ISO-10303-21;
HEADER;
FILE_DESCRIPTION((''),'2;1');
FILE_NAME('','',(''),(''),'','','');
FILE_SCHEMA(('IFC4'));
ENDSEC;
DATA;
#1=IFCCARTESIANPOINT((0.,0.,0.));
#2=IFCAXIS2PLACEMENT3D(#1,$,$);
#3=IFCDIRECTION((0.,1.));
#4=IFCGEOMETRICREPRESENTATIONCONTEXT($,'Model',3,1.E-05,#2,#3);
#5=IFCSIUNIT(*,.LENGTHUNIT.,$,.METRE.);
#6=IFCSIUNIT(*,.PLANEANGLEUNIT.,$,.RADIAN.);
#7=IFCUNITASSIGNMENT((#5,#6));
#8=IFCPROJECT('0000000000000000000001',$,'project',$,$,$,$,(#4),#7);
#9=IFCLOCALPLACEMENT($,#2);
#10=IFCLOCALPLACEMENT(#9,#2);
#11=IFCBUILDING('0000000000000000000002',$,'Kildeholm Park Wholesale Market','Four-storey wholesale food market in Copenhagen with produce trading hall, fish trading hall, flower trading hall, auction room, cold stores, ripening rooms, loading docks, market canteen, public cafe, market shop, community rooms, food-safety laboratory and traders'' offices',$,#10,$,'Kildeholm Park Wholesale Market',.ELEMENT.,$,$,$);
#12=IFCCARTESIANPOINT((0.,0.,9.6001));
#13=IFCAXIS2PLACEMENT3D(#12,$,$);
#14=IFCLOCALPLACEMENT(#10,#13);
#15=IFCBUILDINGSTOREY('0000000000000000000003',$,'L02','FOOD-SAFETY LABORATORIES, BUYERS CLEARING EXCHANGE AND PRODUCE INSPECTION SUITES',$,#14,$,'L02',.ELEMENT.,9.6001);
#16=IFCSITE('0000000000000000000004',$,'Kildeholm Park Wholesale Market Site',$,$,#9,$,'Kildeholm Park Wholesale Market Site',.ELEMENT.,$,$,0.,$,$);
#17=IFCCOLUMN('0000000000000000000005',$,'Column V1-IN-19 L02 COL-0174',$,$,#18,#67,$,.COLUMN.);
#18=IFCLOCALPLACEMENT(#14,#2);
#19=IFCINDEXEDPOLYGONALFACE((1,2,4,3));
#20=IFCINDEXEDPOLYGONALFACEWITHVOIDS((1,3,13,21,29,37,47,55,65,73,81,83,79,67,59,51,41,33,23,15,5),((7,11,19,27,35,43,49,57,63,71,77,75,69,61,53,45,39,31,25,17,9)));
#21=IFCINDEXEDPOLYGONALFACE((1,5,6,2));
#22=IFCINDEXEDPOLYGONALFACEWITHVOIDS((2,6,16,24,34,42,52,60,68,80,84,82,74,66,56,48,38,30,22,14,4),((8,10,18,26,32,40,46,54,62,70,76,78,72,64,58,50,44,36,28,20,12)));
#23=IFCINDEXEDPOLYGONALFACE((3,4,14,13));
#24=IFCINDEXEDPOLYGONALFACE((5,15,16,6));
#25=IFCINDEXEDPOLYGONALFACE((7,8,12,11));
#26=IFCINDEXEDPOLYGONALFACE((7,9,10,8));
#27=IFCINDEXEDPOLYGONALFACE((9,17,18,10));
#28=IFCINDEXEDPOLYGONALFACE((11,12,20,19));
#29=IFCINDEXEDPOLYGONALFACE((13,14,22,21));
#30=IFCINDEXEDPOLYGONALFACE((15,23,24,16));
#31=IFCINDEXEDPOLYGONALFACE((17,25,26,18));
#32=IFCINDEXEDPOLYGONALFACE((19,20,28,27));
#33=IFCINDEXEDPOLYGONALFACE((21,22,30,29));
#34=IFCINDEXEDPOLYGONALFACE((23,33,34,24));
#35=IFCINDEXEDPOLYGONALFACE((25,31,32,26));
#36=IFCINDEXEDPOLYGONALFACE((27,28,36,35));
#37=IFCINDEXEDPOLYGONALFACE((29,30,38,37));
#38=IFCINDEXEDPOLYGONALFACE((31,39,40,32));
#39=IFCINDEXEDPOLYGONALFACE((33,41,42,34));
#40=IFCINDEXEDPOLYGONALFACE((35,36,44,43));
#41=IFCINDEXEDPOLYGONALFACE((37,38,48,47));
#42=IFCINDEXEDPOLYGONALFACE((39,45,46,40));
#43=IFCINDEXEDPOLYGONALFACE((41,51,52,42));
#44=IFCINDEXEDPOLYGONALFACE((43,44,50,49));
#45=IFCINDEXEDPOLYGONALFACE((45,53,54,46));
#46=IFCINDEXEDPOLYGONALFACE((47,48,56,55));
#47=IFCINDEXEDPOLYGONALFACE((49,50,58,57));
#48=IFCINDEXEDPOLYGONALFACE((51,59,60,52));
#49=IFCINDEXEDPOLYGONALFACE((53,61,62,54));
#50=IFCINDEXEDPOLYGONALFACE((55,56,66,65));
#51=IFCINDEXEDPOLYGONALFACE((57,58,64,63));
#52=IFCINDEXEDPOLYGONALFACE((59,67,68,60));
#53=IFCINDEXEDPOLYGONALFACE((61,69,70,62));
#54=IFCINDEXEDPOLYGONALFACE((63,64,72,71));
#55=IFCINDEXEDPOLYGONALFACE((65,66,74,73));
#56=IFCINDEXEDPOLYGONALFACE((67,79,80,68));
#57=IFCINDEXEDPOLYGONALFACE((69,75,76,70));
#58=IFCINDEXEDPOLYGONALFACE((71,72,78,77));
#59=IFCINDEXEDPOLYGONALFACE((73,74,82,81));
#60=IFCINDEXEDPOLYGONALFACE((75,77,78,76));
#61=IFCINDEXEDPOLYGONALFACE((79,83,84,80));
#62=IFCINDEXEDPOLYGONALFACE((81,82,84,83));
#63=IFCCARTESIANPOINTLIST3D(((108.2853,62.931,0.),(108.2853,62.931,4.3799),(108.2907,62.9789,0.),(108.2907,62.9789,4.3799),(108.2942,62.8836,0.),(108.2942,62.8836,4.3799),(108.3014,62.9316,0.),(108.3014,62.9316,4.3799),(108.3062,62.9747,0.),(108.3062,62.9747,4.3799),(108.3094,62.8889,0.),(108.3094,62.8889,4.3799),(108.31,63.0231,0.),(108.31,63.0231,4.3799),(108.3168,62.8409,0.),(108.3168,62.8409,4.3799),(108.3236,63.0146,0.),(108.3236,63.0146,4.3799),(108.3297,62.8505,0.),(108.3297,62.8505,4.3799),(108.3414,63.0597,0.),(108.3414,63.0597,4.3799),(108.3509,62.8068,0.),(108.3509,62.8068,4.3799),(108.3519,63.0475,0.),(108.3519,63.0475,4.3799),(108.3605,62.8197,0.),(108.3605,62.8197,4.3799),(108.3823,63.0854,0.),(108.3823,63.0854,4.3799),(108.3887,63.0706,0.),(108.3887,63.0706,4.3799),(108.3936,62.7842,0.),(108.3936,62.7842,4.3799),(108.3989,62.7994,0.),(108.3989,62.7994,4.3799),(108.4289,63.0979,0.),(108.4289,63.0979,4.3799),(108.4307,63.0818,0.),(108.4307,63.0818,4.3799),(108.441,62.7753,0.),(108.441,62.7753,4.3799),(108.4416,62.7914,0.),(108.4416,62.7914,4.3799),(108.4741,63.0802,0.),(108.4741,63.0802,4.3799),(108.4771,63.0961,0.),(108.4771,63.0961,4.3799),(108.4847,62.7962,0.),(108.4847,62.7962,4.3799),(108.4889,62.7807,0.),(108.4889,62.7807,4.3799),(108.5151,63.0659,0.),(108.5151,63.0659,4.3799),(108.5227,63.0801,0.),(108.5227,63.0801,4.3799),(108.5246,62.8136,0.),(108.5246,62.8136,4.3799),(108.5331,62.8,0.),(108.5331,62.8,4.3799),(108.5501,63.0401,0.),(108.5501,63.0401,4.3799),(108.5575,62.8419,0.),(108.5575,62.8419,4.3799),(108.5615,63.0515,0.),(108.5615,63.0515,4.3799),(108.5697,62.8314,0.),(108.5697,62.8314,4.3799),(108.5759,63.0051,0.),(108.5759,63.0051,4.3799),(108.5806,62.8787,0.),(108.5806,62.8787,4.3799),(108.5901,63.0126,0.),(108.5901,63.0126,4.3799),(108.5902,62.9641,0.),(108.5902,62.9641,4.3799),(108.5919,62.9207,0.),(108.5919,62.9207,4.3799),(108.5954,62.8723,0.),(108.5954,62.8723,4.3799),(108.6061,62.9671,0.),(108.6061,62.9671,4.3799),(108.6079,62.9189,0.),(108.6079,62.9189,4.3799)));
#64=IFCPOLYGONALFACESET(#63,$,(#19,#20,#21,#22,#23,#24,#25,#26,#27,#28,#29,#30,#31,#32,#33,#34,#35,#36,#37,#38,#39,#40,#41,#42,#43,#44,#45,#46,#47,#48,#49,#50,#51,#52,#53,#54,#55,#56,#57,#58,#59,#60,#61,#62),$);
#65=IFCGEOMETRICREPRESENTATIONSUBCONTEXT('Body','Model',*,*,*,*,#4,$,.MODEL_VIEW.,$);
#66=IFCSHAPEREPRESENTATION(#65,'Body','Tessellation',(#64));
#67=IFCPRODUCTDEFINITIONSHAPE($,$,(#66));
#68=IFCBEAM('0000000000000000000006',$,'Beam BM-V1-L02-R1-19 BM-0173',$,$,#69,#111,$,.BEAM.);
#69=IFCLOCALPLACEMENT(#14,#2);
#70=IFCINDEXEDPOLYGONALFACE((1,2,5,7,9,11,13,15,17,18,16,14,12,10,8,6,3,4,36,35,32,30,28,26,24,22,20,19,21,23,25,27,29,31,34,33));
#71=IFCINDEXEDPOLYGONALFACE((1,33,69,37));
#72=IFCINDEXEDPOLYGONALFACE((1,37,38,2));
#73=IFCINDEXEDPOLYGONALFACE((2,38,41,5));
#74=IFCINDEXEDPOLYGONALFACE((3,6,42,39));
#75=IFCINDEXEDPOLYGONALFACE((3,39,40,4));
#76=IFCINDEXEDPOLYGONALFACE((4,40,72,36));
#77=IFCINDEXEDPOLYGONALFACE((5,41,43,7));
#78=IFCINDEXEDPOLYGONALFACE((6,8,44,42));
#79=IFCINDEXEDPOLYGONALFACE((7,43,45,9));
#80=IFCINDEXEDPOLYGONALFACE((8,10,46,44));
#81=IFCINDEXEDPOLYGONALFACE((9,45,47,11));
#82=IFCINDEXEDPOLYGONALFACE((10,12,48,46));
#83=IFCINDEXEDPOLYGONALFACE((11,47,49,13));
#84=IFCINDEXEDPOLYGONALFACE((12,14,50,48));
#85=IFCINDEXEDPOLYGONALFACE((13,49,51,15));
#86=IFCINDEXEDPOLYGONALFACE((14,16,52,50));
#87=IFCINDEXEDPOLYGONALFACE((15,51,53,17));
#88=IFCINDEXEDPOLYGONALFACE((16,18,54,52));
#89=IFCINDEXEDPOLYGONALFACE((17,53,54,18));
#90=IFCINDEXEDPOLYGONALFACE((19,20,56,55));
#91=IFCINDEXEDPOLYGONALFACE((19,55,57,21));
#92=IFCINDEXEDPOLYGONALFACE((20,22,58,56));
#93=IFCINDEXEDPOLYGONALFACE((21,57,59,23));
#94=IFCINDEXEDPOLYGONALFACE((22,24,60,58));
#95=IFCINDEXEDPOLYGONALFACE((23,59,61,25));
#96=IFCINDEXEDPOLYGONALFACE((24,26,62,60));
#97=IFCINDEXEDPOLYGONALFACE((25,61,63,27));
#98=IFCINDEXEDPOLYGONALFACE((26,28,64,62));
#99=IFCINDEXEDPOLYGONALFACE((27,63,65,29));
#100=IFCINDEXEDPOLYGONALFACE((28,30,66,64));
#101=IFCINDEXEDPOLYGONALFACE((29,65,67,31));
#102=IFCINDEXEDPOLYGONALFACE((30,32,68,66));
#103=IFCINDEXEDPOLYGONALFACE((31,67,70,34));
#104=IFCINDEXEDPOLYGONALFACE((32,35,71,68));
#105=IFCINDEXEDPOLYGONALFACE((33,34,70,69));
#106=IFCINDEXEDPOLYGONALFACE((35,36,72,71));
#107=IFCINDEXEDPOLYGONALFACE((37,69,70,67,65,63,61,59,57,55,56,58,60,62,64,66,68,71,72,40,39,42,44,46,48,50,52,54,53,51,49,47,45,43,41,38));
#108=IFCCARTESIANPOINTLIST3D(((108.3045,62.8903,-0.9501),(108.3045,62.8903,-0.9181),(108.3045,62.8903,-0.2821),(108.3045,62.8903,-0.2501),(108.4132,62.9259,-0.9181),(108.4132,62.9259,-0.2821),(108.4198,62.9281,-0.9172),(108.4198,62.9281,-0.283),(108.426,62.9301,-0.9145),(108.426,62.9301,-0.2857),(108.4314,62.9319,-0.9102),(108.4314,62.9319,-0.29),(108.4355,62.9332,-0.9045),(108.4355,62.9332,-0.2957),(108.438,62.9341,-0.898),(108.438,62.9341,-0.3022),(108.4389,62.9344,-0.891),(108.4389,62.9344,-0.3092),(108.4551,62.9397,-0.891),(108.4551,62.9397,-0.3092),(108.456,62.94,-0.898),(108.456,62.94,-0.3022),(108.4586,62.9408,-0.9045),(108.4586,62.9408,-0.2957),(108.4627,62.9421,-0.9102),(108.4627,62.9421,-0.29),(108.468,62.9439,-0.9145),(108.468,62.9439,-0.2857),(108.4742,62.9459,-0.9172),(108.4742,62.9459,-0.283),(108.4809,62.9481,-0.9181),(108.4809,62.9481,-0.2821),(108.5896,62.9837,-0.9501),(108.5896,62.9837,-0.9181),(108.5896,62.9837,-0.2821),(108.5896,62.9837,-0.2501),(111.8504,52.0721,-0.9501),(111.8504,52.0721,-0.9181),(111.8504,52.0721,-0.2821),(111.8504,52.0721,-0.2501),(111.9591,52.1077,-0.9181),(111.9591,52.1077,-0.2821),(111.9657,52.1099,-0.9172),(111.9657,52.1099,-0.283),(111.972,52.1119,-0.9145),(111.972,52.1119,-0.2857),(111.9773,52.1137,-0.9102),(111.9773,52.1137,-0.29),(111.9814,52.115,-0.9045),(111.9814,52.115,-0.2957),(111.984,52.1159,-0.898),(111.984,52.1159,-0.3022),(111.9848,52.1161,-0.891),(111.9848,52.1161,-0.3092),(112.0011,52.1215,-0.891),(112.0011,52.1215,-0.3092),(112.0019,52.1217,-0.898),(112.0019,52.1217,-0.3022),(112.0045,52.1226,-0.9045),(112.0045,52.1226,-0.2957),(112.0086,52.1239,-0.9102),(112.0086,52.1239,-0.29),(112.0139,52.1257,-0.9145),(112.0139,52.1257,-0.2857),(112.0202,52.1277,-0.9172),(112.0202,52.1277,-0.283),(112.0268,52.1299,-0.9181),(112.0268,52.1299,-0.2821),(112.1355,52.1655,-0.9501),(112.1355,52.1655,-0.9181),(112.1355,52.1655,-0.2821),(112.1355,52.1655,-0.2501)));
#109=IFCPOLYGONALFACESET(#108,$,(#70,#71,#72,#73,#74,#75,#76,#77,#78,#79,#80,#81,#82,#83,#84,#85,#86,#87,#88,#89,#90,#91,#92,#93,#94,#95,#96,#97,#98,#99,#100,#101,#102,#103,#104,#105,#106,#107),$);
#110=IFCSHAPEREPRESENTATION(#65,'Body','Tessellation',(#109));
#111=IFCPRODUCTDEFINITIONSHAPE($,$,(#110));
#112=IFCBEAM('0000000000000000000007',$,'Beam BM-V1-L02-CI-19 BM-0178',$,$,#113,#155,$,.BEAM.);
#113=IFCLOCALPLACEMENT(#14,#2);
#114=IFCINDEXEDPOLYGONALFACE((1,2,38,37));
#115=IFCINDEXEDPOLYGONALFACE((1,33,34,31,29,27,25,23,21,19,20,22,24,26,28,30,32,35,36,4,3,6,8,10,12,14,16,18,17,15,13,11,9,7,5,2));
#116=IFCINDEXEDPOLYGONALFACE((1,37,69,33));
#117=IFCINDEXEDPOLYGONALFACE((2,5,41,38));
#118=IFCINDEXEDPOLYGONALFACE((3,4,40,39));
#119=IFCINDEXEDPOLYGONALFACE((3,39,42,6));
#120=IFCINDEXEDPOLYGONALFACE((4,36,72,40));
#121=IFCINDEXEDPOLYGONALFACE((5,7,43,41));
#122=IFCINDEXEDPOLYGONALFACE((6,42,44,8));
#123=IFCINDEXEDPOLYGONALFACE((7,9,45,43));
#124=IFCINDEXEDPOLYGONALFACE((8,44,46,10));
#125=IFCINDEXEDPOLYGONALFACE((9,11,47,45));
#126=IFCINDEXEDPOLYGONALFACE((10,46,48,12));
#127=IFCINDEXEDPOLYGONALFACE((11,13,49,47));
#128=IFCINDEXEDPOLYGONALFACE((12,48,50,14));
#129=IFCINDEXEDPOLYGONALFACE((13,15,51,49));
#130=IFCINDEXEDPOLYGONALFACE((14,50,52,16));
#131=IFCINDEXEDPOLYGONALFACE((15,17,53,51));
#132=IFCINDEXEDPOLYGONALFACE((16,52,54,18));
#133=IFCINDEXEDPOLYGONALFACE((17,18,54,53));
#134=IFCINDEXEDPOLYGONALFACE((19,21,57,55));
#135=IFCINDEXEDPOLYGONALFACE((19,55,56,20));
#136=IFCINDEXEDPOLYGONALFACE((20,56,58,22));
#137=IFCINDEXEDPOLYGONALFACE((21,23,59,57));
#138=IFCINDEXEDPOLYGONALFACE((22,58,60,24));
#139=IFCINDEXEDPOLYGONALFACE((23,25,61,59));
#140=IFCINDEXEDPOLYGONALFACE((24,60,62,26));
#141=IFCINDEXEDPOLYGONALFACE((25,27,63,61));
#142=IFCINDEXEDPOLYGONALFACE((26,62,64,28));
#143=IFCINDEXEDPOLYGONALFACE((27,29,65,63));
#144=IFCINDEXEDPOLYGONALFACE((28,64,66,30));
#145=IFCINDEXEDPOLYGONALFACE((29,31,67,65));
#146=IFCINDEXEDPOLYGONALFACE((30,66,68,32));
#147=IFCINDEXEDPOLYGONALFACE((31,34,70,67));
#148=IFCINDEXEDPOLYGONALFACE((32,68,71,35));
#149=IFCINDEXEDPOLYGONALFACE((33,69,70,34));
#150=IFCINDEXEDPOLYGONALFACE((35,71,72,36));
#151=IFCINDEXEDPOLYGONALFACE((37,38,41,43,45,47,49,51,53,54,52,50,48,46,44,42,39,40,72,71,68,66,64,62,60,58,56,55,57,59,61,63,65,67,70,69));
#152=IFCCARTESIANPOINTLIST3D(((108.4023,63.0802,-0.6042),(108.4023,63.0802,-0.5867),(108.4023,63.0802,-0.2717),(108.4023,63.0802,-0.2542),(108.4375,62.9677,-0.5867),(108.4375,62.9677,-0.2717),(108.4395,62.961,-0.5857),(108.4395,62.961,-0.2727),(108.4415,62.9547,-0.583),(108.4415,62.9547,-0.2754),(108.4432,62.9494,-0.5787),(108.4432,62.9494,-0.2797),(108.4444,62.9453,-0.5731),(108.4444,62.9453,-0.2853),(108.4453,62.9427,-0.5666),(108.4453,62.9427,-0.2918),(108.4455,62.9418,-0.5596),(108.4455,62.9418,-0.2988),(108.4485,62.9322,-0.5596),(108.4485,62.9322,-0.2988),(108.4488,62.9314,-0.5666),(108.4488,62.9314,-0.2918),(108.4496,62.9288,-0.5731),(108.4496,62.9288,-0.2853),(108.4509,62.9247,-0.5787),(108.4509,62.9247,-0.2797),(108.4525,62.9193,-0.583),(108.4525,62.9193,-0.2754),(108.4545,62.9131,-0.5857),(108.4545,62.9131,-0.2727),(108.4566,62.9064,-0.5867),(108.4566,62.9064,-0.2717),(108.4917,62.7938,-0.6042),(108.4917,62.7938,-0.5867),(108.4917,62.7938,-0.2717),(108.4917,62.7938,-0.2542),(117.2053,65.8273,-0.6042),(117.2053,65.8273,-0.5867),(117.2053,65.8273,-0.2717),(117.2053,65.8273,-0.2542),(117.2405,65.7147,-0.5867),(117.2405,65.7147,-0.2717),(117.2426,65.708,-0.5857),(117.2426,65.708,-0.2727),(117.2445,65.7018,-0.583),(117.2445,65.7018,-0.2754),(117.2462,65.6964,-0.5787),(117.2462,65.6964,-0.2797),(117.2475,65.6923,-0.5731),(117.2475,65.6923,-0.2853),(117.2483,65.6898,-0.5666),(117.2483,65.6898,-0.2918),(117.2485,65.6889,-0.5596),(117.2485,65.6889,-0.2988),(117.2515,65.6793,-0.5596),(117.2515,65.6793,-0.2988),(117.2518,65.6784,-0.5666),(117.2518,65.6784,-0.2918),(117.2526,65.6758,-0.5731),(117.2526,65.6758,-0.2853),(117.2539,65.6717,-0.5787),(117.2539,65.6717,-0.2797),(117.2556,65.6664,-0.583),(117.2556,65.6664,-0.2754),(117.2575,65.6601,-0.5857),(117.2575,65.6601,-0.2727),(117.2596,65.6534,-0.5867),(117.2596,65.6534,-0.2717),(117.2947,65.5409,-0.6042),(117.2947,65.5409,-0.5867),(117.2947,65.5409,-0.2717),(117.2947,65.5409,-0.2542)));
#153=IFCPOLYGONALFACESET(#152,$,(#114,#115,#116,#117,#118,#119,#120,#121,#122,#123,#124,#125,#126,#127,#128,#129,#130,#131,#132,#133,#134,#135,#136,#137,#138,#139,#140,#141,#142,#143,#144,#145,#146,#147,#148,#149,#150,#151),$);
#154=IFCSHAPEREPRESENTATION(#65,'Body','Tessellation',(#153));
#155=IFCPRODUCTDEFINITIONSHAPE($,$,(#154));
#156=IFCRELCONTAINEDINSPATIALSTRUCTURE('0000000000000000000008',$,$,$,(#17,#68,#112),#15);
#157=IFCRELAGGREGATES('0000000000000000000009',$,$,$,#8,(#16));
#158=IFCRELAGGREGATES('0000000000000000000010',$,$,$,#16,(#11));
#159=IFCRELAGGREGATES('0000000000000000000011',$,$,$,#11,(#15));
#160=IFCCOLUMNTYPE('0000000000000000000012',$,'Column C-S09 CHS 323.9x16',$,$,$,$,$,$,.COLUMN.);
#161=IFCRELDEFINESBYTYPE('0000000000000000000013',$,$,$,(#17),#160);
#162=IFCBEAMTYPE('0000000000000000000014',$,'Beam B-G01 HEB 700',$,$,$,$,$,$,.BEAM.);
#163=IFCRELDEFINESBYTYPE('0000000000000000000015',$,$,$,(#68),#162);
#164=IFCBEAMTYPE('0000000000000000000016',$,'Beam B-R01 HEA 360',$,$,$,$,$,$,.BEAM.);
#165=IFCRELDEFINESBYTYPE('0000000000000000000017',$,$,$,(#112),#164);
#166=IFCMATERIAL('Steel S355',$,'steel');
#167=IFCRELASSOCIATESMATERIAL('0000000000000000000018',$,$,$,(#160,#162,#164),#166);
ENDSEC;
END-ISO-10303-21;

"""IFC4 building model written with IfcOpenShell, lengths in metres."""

from ifc_helpers import new_model, si_unit, direction, frame, origin, origin_2d, place, context, subcontext, project, spatial, hollow_circle, i_section, extrude, material, material_profile, profile_set, type_object, element, save


model = new_model("IFC4")

# Units and contexts
model_context = context("Model", 3, precision=1e-05, world=origin(), true_north=direction((0.0, 1.0)))
body_context = subcontext(model_context, "Body", "Model", "MODEL_VIEW")
ifc_project = project(units=[si_unit("LENGTHUNIT", "METRE"), si_unit("PLANEANGLEUNIT", "RADIAN")], contexts=[model_context])

# Site, building, storey
site_placement = place(None, origin())
site = spatial("IfcSite", under=ifc_project, at=site_placement, Name="Kildeholm Park Wholesale Market Site", LongName="Kildeholm Park Wholesale Market Site", CompositionType="ELEMENT", RefElevation=0.0)
building_placement = place(site_placement, origin())
building = spatial("IfcBuilding", under=site, at=building_placement, Name="Kildeholm Park Wholesale Market", Description="Four-storey wholesale food market in Copenhagen with produce trading hall, fish trading hall, flower trading hall, auction room, cold stores, ripening rooms, loading docks, market canteen, public cafe, market shop, community rooms, food-safety laboratory and traders' offices", LongName="Kildeholm Park Wholesale Market", CompositionType="ELEMENT")
storey_placement = place(building_placement, frame((0.0, 0.0, 9.6001)))
storey = spatial("IfcBuildingStorey", under=building, at=storey_placement, Name="L02", Description="FOOD-SAFETY LABORATORIES, BUYERS CLEARING EXCHANGE AND PRODUCE INSPECTION SUITES", LongName="L02", CompositionType="ELEMENT", Elevation=9.6001)

# Column
ifc_material_1 = material(Name="Steel S355", Category="steel")
ifc_material_profile_1 = material_profile(ifc_material_1, hollow_circle(Radius=0.1619, WallThickness=0.0161, at=origin_2d()), Name="CHS 323.9x16")
ifc_profile_set_1 = profile_set([ifc_material_profile_1], Name="Steel S355")
column_type = type_object("IfcColumnType", Name="Column C-S09 CHS 323.9x16", PredefinedType="COLUMN", material=ifc_profile_set_1)
column_placement = place(storey_placement, frame((108.447, 62.937, 0.0), z_axis=(0.0, 0.0, 1.0), x_axis=(0.258819, -0.965926, 0.0)))
element("IfcColumn", 1, at=column_placement, inside=storey, type_object=column_type, Name="Column V1-IN-19 L02 COL-0174", PredefinedType="COLUMN", context=body_context, shape_type="SweptSolid", body=[
    extrude(hollow_circle(Radius=0.1619, WallThickness=0.0161, at=origin_2d()), origin(), (0.0, 0.0, 1.0), 4.3799),
])

# Beams
ifc_material_profile_2 = material_profile(ifc_material_1, i_section(OverallWidth=0.3, OverallDepth=0.7, WebThickness=0.0171, FlangeThickness=0.032, FilletRadius=0.0271, at=origin_2d()), Name="HEB 700")
ifc_profile_set_2 = profile_set([ifc_material_profile_2], Name="Steel S355")
beam_type_1 = type_object("IfcBeamType", Name="Beam B-G01 HEB 700", PredefinedType="BEAM", material=ifc_profile_set_2)
beam_1_placement = place(storey_placement, frame((108.447, 62.937, -0.6001), z_axis=(0.311469, -0.950256, 0.0), x_axis=(0.950256, 0.311469, 0.0)))
element("IfcBeam", 2, at=beam_1_placement, inside=storey, type_object=beam_type_1, Name="Beam BM-V1-L02-R1-19 BM-0173", PredefinedType="BEAM", context=body_context, shape_type="SweptSolid", body=[
    extrude(i_section(OverallWidth=0.3, OverallDepth=0.7, WebThickness=0.0171, FlangeThickness=0.032, FilletRadius=0.0271, at=origin_2d()), origin(), (0.0, 0.0, 1.0), 11.3845),
])
ifc_material_profile_3 = material_profile(ifc_material_1, i_section(OverallWidth=0.3, OverallDepth=0.3501, WebThickness=0.01, FlangeThickness=0.0176, FilletRadius=0.0271, at=origin_2d()), Name="HEA 360")
ifc_profile_set_3 = profile_set([ifc_material_profile_3], Name="Steel S355")
beam_type_2 = type_object("IfcBeamType", Name="Beam B-R01 HEA 360", PredefinedType="BEAM", material=ifc_profile_set_3)
beam_2_placement = place(storey_placement, frame((108.447, 62.937, -0.4292), z_axis=(0.954599, 0.297894, 0.0), x_axis=(-0.297894, 0.954599, 0.0)))
element("IfcBeam", 3, at=beam_2_placement, inside=storey, type_object=beam_type_2, Name="Beam BM-V1-L02-CI-19 BM-0178", PredefinedType="BEAM", context=body_context, shape_type="SweptSolid", body=[
    extrude(i_section(OverallWidth=0.3, OverallDepth=0.3501, WebThickness=0.01, FlangeThickness=0.0176, FilletRadius=0.0271, at=origin_2d()), origin(), (0.0, 0.0, 1.0), 9.2217),
])

save(model, "model.ifc")
